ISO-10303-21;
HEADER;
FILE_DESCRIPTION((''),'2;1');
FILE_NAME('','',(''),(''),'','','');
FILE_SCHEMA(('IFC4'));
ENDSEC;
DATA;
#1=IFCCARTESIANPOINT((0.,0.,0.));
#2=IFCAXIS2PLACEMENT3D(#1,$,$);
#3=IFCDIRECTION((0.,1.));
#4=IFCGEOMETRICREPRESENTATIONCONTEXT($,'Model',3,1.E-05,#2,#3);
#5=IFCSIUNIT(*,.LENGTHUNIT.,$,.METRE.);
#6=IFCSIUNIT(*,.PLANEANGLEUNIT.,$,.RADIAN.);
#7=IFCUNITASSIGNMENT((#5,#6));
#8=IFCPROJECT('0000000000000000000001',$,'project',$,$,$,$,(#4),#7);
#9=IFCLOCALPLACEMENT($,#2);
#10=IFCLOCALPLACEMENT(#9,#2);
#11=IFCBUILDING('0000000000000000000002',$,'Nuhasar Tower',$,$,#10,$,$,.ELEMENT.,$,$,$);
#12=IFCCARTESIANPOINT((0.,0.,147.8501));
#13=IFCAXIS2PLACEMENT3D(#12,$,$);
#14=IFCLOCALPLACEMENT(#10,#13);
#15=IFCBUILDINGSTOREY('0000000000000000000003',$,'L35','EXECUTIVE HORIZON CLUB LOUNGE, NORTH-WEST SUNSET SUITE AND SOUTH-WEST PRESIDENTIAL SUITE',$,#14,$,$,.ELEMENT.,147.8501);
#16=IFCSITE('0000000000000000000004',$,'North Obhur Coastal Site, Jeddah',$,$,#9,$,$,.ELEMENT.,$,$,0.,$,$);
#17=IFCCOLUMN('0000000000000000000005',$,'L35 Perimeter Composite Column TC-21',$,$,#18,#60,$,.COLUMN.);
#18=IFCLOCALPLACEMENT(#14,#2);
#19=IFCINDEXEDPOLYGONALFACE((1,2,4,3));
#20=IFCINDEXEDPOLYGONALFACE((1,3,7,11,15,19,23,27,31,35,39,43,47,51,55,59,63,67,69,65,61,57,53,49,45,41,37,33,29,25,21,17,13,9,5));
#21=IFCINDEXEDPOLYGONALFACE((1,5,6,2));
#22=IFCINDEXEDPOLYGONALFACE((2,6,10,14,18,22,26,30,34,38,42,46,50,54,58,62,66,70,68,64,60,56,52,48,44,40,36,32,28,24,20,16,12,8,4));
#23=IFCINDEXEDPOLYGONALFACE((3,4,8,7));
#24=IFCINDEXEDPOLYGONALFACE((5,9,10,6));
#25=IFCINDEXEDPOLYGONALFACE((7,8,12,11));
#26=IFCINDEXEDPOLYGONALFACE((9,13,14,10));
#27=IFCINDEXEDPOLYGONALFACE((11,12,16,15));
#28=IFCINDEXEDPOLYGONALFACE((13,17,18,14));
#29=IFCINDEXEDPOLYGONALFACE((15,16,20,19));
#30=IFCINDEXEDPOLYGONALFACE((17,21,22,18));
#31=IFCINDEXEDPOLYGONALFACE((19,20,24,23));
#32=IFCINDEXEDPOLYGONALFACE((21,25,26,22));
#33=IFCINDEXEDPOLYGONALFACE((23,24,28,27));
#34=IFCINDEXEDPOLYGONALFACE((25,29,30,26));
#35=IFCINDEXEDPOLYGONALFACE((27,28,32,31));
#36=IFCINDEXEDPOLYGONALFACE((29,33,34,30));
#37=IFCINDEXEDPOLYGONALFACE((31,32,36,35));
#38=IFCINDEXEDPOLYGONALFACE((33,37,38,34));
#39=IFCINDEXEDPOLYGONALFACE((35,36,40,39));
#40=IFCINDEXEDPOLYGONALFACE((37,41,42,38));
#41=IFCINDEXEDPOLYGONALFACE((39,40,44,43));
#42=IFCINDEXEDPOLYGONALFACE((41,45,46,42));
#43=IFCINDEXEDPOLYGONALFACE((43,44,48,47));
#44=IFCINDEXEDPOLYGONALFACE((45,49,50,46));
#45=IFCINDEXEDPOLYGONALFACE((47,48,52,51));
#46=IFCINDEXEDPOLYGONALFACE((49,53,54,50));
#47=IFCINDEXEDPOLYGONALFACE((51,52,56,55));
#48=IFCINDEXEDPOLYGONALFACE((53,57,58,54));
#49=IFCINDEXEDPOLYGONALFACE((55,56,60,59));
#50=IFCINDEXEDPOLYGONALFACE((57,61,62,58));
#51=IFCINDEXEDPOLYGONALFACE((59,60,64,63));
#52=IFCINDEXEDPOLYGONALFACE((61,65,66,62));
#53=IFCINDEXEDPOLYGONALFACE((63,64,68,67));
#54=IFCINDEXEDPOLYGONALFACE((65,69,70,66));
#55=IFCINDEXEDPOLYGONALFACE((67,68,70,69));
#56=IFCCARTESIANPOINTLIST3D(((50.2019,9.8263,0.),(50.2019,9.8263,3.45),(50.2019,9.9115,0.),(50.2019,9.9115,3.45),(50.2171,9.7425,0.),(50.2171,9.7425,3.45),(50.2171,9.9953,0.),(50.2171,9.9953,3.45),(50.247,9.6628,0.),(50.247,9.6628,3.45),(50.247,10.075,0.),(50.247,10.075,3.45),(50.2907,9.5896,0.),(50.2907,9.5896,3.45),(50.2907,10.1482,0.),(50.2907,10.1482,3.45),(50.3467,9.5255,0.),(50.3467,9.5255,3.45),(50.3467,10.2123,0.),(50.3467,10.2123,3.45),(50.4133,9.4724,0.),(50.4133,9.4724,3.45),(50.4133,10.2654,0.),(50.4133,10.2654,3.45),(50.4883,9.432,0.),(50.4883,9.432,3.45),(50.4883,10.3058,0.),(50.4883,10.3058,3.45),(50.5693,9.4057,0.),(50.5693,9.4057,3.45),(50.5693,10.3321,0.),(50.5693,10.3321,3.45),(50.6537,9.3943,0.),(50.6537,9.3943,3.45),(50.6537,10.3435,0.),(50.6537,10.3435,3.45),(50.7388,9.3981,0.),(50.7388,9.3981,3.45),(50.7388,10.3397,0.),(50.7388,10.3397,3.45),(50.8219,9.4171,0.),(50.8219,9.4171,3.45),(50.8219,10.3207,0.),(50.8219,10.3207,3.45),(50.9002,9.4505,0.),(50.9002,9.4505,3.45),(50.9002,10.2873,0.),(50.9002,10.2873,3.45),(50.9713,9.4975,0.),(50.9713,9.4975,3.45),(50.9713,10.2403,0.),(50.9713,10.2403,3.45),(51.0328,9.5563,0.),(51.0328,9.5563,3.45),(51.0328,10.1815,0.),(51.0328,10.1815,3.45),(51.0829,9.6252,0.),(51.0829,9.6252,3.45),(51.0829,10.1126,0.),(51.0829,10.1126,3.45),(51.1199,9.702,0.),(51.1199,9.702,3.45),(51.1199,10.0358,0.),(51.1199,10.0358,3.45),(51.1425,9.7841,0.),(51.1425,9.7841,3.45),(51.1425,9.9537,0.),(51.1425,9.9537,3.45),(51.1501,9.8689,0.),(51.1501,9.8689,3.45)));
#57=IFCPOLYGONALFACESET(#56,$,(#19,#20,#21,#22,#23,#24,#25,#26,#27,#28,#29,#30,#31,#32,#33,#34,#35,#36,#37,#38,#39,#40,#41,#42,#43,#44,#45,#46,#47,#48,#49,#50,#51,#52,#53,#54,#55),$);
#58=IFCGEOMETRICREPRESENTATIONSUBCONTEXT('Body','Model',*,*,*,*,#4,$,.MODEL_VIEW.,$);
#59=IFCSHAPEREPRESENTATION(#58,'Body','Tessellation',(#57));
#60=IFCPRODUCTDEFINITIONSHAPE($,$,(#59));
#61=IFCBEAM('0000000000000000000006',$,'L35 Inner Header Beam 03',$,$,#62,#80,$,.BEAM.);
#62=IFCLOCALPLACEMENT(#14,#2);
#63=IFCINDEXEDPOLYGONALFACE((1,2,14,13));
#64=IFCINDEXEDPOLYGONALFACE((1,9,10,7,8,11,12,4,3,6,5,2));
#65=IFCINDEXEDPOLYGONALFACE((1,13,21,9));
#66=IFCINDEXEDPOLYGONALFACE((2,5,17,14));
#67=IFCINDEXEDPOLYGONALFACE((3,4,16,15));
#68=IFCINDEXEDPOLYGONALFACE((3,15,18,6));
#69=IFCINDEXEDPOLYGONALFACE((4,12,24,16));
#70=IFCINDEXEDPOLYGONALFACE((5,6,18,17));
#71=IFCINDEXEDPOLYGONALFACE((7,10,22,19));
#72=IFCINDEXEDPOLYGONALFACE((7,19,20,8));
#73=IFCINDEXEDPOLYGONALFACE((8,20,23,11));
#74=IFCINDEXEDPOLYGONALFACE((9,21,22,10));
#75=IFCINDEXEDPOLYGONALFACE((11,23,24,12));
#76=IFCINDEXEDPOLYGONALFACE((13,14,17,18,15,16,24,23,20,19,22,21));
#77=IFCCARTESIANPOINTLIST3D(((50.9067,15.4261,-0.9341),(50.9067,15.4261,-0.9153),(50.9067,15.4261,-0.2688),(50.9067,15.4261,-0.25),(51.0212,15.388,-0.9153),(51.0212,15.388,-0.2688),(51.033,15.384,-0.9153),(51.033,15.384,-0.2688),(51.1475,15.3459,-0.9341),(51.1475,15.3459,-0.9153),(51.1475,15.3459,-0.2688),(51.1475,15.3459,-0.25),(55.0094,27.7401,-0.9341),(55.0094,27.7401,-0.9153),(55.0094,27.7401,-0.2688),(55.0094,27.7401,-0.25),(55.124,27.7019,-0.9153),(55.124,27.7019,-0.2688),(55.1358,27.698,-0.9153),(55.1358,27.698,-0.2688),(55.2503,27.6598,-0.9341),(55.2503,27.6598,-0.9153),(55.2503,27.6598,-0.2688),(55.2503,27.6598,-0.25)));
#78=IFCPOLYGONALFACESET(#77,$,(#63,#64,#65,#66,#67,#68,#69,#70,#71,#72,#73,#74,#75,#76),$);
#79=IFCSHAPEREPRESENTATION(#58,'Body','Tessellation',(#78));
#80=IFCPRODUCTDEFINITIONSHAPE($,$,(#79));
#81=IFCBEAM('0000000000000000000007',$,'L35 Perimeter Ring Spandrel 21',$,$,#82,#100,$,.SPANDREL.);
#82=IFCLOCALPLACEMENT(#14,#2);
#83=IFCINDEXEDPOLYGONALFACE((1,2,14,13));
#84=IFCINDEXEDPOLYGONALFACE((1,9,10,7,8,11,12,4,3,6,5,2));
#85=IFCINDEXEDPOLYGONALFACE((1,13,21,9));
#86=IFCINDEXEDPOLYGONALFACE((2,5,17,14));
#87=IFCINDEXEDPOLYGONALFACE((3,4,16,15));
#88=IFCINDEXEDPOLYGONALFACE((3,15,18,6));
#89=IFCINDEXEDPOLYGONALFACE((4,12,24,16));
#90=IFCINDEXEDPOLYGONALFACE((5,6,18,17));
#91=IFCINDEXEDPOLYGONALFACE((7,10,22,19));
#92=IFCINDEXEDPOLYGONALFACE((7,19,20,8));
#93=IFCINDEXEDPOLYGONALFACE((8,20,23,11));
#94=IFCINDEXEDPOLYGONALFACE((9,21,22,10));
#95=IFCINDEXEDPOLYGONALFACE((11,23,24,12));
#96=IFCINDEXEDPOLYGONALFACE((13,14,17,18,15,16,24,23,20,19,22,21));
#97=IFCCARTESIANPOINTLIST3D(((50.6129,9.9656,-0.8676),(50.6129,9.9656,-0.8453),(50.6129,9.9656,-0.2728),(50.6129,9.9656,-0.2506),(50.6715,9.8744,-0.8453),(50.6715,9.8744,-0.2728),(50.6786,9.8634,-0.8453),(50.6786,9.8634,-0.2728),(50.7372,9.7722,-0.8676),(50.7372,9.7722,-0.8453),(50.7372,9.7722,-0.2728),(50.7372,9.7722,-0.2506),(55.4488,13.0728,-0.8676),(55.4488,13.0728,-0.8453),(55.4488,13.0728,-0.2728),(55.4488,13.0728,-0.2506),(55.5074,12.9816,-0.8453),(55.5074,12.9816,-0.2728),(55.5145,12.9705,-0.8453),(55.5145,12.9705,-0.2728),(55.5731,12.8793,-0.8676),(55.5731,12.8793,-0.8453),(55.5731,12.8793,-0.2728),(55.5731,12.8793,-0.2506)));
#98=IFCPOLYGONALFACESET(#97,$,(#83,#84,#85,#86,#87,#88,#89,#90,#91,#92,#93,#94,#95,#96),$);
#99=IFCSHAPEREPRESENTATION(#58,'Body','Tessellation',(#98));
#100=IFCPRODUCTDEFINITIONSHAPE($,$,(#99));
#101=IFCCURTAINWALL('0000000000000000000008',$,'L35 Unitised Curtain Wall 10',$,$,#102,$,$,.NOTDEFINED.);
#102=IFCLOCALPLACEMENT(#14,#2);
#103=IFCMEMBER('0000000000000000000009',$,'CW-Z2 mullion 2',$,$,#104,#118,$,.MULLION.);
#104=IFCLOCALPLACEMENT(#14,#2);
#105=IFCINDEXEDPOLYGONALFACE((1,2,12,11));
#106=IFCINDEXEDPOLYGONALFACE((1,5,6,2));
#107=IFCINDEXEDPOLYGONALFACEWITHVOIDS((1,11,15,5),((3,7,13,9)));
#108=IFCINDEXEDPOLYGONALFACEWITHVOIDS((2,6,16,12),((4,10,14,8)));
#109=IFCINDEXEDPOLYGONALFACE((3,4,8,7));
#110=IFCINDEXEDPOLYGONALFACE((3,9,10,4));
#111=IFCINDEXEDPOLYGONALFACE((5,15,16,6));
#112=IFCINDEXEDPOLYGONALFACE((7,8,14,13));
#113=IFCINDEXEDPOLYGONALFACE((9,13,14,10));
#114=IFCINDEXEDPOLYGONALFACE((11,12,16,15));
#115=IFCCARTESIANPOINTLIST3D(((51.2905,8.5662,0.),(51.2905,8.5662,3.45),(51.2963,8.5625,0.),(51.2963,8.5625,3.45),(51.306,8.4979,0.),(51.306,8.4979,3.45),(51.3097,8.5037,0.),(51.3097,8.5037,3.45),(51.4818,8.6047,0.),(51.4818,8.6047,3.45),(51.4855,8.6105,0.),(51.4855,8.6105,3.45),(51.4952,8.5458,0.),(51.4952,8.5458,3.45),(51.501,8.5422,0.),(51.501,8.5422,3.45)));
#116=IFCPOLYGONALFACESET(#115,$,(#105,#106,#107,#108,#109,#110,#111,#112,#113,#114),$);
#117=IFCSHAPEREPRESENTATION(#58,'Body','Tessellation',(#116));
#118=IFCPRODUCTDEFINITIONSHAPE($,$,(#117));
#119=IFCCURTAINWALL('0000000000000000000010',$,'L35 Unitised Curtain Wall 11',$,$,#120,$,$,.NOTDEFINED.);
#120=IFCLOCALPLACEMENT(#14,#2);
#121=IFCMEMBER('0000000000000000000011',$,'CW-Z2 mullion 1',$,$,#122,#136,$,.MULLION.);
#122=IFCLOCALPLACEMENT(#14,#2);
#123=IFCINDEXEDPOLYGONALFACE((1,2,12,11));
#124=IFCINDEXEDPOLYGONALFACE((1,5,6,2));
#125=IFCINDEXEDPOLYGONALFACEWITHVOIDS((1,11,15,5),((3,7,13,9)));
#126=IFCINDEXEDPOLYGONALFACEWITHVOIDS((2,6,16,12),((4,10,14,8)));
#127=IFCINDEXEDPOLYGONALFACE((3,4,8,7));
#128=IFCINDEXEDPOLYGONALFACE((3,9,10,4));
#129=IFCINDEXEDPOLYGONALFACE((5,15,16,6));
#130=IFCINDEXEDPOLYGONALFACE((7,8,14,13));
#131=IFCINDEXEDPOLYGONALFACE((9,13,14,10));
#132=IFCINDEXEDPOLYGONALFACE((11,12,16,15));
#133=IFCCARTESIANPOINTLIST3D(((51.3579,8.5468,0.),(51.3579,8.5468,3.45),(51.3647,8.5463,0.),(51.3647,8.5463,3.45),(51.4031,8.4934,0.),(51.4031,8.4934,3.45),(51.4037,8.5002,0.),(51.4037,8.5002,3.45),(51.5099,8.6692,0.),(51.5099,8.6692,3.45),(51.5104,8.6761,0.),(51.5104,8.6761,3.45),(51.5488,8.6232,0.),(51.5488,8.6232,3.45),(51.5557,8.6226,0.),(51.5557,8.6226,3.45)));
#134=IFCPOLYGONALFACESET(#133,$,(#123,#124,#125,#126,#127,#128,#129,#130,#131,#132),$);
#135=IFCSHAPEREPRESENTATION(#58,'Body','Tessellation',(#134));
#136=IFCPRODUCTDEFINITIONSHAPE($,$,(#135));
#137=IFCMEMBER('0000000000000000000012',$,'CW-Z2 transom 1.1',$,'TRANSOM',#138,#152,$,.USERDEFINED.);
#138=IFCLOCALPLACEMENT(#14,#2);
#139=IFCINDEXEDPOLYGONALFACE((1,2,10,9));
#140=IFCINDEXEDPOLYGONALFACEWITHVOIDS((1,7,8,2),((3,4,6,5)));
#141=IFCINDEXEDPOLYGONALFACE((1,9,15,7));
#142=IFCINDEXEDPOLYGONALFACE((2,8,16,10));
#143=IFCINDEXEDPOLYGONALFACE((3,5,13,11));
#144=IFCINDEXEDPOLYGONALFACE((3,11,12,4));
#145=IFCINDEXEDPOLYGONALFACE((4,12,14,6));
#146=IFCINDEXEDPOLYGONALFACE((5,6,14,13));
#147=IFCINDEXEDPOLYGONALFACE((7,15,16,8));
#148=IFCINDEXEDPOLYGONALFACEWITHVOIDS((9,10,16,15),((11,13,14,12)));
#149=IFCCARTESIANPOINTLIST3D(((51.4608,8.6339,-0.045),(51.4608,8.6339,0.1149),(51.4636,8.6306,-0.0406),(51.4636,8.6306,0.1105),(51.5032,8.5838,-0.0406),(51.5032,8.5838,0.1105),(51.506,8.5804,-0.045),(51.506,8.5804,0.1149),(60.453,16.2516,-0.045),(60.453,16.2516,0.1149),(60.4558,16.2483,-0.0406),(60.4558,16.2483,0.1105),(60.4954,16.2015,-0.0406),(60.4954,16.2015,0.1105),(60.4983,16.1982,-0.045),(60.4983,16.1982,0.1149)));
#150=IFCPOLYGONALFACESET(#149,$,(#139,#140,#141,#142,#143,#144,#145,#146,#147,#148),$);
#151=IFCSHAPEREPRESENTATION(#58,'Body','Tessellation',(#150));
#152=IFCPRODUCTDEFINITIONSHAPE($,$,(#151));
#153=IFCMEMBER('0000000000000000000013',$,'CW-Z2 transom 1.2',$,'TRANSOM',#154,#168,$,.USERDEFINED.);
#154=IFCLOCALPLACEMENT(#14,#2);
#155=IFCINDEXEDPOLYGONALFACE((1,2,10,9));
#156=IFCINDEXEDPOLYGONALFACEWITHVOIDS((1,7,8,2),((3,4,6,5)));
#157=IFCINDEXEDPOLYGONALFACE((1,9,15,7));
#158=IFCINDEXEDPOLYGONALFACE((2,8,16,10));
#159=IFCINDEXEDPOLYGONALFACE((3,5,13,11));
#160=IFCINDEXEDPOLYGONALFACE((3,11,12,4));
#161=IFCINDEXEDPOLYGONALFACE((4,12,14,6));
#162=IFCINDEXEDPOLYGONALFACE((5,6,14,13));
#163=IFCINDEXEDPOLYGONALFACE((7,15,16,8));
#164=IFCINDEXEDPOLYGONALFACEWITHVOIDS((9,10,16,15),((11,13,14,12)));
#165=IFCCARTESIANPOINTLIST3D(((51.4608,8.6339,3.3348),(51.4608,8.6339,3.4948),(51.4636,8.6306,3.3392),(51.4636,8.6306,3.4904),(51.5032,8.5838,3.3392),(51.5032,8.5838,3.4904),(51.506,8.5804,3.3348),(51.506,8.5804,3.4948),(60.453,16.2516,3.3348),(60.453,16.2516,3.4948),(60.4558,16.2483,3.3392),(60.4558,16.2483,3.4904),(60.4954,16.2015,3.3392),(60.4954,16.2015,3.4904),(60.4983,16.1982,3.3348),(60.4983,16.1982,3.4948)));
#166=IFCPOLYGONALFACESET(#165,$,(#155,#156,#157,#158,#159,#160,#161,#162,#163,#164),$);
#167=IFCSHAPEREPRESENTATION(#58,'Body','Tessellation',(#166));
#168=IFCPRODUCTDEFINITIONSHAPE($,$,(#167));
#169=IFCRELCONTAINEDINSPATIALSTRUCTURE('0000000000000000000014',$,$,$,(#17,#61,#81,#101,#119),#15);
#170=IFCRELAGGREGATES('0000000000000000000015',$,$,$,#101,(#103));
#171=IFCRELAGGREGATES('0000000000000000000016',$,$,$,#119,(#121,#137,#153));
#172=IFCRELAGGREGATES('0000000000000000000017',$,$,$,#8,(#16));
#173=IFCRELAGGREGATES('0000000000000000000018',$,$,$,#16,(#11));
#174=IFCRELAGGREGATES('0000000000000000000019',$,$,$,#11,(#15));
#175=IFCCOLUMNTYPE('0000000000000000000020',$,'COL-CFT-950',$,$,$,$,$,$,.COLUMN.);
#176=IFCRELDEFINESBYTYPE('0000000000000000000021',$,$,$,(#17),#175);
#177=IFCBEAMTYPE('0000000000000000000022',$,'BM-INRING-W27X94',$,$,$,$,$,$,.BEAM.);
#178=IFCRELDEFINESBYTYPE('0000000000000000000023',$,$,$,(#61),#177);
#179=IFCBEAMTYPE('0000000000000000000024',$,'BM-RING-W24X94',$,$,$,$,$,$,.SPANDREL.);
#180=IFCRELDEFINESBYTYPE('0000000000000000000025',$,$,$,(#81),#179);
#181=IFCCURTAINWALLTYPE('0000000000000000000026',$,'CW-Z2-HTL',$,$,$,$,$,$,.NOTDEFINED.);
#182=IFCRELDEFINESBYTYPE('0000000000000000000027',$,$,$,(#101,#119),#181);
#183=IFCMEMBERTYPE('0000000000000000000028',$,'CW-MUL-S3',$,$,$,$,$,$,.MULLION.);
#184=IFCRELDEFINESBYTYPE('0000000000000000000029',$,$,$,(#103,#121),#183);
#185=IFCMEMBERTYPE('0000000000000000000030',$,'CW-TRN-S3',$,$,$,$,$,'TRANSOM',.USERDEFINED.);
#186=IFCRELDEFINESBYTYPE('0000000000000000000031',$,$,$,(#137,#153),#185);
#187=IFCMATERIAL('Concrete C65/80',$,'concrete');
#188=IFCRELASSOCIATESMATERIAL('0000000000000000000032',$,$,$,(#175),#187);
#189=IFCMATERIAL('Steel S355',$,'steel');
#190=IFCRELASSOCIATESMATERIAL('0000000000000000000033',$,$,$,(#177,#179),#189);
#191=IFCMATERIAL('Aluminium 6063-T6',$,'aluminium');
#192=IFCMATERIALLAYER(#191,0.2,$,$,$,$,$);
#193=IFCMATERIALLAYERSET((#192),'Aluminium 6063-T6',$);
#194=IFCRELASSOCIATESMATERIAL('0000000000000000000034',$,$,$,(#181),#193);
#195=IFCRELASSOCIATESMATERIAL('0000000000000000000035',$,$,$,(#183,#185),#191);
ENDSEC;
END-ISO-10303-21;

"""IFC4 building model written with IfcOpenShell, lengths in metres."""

from ifc_helpers import new_model, si_unit, direction, frame, origin, origin_2d, place, context, subcontext, project, spatial, hollow_rectangle, circle, i_section, extrude, material, layer, layer_set, material_profile, profile_set, type_object, element, aggregate, save


model = new_model("IFC4")

# Units and contexts
model_context = context("Model", 3, precision=1e-05, world=origin(), true_north=direction((0.0, 1.0)))
body_context = subcontext(model_context, "Body", "Model", "MODEL_VIEW")
ifc_project = project(units=[si_unit("LENGTHUNIT", "METRE"), si_unit("PLANEANGLEUNIT", "RADIAN")], contexts=[model_context])

# Site, building, storey
site_placement = place(None, origin())
site = spatial("IfcSite", under=ifc_project, at=site_placement, Name="North Obhur Coastal Site, Jeddah", CompositionType="ELEMENT", RefElevation=0.0)
building_placement = place(site_placement, origin())
building = spatial("IfcBuilding", under=site, at=building_placement, Name="Nuhasar Tower", CompositionType="ELEMENT")
storey_placement = place(building_placement, frame((0.0, 0.0, 147.8501)))
storey = spatial("IfcBuildingStorey", under=building, at=storey_placement, Name="L35", Description="EXECUTIVE HORIZON CLUB LOUNGE, NORTH-WEST SUNSET SUITE AND SOUTH-WEST PRESIDENTIAL SUITE", CompositionType="ELEMENT", Elevation=147.8501)

# Column
ifc_material_1 = material(Name="Concrete C65/80", Category="concrete")
ifc_material_profile_1 = material_profile(ifc_material_1, circle(Radius=0.4751, at=origin_2d()), Name="CFT950")
ifc_profile_set_1 = profile_set([ifc_material_profile_1], Name="Concrete C65/80")
column_type = type_object("IfcColumnType", Name="COL-CFT-950", PredefinedType="COLUMN", material=ifc_profile_set_1)
column_placement = place(storey_placement, frame((50.675, 9.8689, 0.0), z_axis=(0.0, 0.0, 1.0), x_axis=(1.0, 0.0, 0.0)))
element("IfcColumn", 1, at=column_placement, inside=storey, type_object=column_type, Name="L35 Perimeter Composite Column TC-21", PredefinedType="COLUMN", context=body_context, shape_type="SweptSolid", body=[
    extrude(circle(Radius=0.4751, at=origin_2d()), origin(), (0.0, 0.0, 1.0), 3.45),
])

# Beams
ifc_material_2 = material(Name="Steel S355", Category="steel")
ifc_material_profile_2 = material_profile(ifc_material_2, i_section(OverallWidth=0.2539, OverallDepth=0.6841, WebThickness=0.0125, FlangeThickness=0.0188, at=origin_2d()), Name="W27X94")
ifc_profile_set_2 = profile_set([ifc_material_profile_2], Name="Steel S355")
beam_type_1 = type_object("IfcBeamType", Name="BM-INRING-W27X94", PredefinedType="BEAM", material=ifc_profile_set_2)
beam_1_placement = place(storey_placement, frame((51.0271, 15.386, -0.592), z_axis=(0.316098, 0.948727, 0.0), x_axis=(-0.948727, 0.316098, 0.0)))
element("IfcBeam", 2, at=beam_1_placement, inside=storey, type_object=beam_type_1, Name="L35 Inner Header Beam 03", PredefinedType="BEAM", context=body_context, shape_type="SweptSolid", body=[
    extrude(i_section(OverallWidth=0.2539, OverallDepth=0.6841, WebThickness=0.0125, FlangeThickness=0.0188, at=origin_2d()), origin(), (0.0, 0.0, 1.0), 12.9795),
])
ifc_material_profile_3 = material_profile(ifc_material_2, i_section(OverallWidth=0.23, OverallDepth=0.6169, WebThickness=0.0132, FlangeThickness=0.0222, at=origin_2d()), Name="W24X94")
ifc_profile_set_3 = profile_set([ifc_material_profile_3], Name="Steel S355")
beam_type_2 = type_object("IfcBeamType", Name="BM-RING-W24X94", PredefinedType="SPANDREL", material=ifc_profile_set_3)
beam_2_placement = place(storey_placement, frame((50.675, 9.8689, -0.5591), z_axis=(0.841308, 0.540556, 0.0), x_axis=(-0.540556, 0.841308, 0.0)))
element("IfcBeam", 3, at=beam_2_placement, inside=storey, type_object=beam_type_2, Name="L35 Perimeter Ring Spandrel 21", PredefinedType="SPANDREL", context=body_context, shape_type="SweptSolid", body=[
    extrude(i_section(OverallWidth=0.23, OverallDepth=0.6169, WebThickness=0.0132, FlangeThickness=0.0222, at=origin_2d()), origin(), (0.0, 0.0, 1.0), 5.748),
])

# Curtain wall, member
ifc_material_3 = material(Name="Aluminium 6063-T6", Category="aluminium")
ifc_layer_1 = layer(ifc_material_3, 0.2)
ifc_layer_set_1 = layer_set([ifc_layer_1], Name="Aluminium 6063-T6")
curtain_wall_type = type_object("IfcCurtainWallType", Name="CW-Z2-HTL", PredefinedType="NOTDEFINED", material=ifc_layer_set_1)
curtain_wall_1_placement = place(storey_placement, origin())
curtain_wall_1 = element("IfcCurtainWall", 4, at=curtain_wall_1_placement, inside=storey, type_object=curtain_wall_type, Name="L35 Unitised Curtain Wall 10", PredefinedType="NOTDEFINED")
ifc_material_profile_4 = material_profile(ifc_material_3, hollow_rectangle(XDim=0.0701, YDim=0.2, WallThickness=0.0049, at=origin_2d()), Name="CWM-3")
ifc_profile_set_4 = profile_set([ifc_material_profile_4], Name="Aluminium 6063-T6")
member_type_1 = type_object("IfcMemberType", Name="CW-MUL-S3", PredefinedType="MULLION", material=ifc_profile_set_4)
member_1_placement = place(storey_placement, frame((51.3958, 8.5542, 0.0), z_axis=(0.0, 0.0, 1.0), x_axis=(-0.221397, 0.975184, 0.0)))
member_1 = element("IfcMember", 5, at=member_1_placement, type_object=member_type_1, Name="CW-Z2 mullion 2", PredefinedType="MULLION", context=body_context, shape_type="SweptSolid", body=[
    extrude(hollow_rectangle(XDim=0.0701, YDim=0.2, WallThickness=0.0049, at=origin_2d()), origin(), (0.0, 0.0, 1.0), 3.45),
])
aggregate(curtain_wall_1, [member_1])

# Curtain wall, members
curtain_wall_2_placement = place(storey_placement, origin())
curtain_wall_2 = element("IfcCurtainWall", 6, at=curtain_wall_2_placement, inside=storey, type_object=curtain_wall_type, Name="L35 Unitised Curtain Wall 11", PredefinedType="NOTDEFINED")
member_2_placement = place(storey_placement, frame((51.4568, 8.5847, 0.0), z_axis=(0.0, 0.0, 1.0), x_axis=(-0.646374, 0.76302, 0.0)))
member_2 = element("IfcMember", 7, at=member_2_placement, type_object=member_type_1, Name="CW-Z2 mullion 1", PredefinedType="MULLION", context=body_context, shape_type="SweptSolid", body=[
    extrude(hollow_rectangle(XDim=0.0701, YDim=0.2, WallThickness=0.0049, at=origin_2d()), origin(), (0.0, 0.0, 1.0), 3.45),
])
ifc_material_profile_5 = material_profile(ifc_material_3, hollow_rectangle(XDim=0.0701, YDim=0.1599, WallThickness=0.0044, at=origin_2d()), Name="CWT-3")
ifc_profile_set_5 = profile_set([ifc_material_profile_5], Name="Aluminium 6063-T6")
member_type_2 = type_object("IfcMemberType", Name="CW-TRN-S3", ElementType="TRANSOM", PredefinedType="USERDEFINED", material=ifc_profile_set_5)
member_3_placement = place(storey_placement, frame((51.4834, 8.6072, 0.0349), z_axis=(0.763014, 0.646382, 0.0), x_axis=(-0.646382, 0.763014, 0.0)))
member_3 = element("IfcMember", 8, at=member_3_placement, type_object=member_type_2, Name="CW-Z2 transom 1.1", ObjectType="TRANSOM", PredefinedType="USERDEFINED", context=body_context, shape_type="SweptSolid", body=[
    extrude(hollow_rectangle(XDim=0.0701, YDim=0.1599, WallThickness=0.0044, at=origin_2d()), origin(), (0.0, 0.0, 1.0), 11.7852),
])
member_4_placement = place(storey_placement, frame((51.4834, 8.6072, 3.4148), z_axis=(0.763014, 0.646382, 0.0), x_axis=(-0.646382, 0.763014, 0.0)))
member_4 = element("IfcMember", 9, at=member_4_placement, type_object=member_type_2, Name="CW-Z2 transom 1.2", ObjectType="TRANSOM", PredefinedType="USERDEFINED", context=body_context, shape_type="SweptSolid", body=[
    extrude(hollow_rectangle(XDim=0.0701, YDim=0.1599, WallThickness=0.0044, at=origin_2d()), origin(), (0.0, 0.0, 1.0), 11.7852),
])
aggregate(curtain_wall_2, [member_2, member_3, member_4])

save(model, "model.ifc")
